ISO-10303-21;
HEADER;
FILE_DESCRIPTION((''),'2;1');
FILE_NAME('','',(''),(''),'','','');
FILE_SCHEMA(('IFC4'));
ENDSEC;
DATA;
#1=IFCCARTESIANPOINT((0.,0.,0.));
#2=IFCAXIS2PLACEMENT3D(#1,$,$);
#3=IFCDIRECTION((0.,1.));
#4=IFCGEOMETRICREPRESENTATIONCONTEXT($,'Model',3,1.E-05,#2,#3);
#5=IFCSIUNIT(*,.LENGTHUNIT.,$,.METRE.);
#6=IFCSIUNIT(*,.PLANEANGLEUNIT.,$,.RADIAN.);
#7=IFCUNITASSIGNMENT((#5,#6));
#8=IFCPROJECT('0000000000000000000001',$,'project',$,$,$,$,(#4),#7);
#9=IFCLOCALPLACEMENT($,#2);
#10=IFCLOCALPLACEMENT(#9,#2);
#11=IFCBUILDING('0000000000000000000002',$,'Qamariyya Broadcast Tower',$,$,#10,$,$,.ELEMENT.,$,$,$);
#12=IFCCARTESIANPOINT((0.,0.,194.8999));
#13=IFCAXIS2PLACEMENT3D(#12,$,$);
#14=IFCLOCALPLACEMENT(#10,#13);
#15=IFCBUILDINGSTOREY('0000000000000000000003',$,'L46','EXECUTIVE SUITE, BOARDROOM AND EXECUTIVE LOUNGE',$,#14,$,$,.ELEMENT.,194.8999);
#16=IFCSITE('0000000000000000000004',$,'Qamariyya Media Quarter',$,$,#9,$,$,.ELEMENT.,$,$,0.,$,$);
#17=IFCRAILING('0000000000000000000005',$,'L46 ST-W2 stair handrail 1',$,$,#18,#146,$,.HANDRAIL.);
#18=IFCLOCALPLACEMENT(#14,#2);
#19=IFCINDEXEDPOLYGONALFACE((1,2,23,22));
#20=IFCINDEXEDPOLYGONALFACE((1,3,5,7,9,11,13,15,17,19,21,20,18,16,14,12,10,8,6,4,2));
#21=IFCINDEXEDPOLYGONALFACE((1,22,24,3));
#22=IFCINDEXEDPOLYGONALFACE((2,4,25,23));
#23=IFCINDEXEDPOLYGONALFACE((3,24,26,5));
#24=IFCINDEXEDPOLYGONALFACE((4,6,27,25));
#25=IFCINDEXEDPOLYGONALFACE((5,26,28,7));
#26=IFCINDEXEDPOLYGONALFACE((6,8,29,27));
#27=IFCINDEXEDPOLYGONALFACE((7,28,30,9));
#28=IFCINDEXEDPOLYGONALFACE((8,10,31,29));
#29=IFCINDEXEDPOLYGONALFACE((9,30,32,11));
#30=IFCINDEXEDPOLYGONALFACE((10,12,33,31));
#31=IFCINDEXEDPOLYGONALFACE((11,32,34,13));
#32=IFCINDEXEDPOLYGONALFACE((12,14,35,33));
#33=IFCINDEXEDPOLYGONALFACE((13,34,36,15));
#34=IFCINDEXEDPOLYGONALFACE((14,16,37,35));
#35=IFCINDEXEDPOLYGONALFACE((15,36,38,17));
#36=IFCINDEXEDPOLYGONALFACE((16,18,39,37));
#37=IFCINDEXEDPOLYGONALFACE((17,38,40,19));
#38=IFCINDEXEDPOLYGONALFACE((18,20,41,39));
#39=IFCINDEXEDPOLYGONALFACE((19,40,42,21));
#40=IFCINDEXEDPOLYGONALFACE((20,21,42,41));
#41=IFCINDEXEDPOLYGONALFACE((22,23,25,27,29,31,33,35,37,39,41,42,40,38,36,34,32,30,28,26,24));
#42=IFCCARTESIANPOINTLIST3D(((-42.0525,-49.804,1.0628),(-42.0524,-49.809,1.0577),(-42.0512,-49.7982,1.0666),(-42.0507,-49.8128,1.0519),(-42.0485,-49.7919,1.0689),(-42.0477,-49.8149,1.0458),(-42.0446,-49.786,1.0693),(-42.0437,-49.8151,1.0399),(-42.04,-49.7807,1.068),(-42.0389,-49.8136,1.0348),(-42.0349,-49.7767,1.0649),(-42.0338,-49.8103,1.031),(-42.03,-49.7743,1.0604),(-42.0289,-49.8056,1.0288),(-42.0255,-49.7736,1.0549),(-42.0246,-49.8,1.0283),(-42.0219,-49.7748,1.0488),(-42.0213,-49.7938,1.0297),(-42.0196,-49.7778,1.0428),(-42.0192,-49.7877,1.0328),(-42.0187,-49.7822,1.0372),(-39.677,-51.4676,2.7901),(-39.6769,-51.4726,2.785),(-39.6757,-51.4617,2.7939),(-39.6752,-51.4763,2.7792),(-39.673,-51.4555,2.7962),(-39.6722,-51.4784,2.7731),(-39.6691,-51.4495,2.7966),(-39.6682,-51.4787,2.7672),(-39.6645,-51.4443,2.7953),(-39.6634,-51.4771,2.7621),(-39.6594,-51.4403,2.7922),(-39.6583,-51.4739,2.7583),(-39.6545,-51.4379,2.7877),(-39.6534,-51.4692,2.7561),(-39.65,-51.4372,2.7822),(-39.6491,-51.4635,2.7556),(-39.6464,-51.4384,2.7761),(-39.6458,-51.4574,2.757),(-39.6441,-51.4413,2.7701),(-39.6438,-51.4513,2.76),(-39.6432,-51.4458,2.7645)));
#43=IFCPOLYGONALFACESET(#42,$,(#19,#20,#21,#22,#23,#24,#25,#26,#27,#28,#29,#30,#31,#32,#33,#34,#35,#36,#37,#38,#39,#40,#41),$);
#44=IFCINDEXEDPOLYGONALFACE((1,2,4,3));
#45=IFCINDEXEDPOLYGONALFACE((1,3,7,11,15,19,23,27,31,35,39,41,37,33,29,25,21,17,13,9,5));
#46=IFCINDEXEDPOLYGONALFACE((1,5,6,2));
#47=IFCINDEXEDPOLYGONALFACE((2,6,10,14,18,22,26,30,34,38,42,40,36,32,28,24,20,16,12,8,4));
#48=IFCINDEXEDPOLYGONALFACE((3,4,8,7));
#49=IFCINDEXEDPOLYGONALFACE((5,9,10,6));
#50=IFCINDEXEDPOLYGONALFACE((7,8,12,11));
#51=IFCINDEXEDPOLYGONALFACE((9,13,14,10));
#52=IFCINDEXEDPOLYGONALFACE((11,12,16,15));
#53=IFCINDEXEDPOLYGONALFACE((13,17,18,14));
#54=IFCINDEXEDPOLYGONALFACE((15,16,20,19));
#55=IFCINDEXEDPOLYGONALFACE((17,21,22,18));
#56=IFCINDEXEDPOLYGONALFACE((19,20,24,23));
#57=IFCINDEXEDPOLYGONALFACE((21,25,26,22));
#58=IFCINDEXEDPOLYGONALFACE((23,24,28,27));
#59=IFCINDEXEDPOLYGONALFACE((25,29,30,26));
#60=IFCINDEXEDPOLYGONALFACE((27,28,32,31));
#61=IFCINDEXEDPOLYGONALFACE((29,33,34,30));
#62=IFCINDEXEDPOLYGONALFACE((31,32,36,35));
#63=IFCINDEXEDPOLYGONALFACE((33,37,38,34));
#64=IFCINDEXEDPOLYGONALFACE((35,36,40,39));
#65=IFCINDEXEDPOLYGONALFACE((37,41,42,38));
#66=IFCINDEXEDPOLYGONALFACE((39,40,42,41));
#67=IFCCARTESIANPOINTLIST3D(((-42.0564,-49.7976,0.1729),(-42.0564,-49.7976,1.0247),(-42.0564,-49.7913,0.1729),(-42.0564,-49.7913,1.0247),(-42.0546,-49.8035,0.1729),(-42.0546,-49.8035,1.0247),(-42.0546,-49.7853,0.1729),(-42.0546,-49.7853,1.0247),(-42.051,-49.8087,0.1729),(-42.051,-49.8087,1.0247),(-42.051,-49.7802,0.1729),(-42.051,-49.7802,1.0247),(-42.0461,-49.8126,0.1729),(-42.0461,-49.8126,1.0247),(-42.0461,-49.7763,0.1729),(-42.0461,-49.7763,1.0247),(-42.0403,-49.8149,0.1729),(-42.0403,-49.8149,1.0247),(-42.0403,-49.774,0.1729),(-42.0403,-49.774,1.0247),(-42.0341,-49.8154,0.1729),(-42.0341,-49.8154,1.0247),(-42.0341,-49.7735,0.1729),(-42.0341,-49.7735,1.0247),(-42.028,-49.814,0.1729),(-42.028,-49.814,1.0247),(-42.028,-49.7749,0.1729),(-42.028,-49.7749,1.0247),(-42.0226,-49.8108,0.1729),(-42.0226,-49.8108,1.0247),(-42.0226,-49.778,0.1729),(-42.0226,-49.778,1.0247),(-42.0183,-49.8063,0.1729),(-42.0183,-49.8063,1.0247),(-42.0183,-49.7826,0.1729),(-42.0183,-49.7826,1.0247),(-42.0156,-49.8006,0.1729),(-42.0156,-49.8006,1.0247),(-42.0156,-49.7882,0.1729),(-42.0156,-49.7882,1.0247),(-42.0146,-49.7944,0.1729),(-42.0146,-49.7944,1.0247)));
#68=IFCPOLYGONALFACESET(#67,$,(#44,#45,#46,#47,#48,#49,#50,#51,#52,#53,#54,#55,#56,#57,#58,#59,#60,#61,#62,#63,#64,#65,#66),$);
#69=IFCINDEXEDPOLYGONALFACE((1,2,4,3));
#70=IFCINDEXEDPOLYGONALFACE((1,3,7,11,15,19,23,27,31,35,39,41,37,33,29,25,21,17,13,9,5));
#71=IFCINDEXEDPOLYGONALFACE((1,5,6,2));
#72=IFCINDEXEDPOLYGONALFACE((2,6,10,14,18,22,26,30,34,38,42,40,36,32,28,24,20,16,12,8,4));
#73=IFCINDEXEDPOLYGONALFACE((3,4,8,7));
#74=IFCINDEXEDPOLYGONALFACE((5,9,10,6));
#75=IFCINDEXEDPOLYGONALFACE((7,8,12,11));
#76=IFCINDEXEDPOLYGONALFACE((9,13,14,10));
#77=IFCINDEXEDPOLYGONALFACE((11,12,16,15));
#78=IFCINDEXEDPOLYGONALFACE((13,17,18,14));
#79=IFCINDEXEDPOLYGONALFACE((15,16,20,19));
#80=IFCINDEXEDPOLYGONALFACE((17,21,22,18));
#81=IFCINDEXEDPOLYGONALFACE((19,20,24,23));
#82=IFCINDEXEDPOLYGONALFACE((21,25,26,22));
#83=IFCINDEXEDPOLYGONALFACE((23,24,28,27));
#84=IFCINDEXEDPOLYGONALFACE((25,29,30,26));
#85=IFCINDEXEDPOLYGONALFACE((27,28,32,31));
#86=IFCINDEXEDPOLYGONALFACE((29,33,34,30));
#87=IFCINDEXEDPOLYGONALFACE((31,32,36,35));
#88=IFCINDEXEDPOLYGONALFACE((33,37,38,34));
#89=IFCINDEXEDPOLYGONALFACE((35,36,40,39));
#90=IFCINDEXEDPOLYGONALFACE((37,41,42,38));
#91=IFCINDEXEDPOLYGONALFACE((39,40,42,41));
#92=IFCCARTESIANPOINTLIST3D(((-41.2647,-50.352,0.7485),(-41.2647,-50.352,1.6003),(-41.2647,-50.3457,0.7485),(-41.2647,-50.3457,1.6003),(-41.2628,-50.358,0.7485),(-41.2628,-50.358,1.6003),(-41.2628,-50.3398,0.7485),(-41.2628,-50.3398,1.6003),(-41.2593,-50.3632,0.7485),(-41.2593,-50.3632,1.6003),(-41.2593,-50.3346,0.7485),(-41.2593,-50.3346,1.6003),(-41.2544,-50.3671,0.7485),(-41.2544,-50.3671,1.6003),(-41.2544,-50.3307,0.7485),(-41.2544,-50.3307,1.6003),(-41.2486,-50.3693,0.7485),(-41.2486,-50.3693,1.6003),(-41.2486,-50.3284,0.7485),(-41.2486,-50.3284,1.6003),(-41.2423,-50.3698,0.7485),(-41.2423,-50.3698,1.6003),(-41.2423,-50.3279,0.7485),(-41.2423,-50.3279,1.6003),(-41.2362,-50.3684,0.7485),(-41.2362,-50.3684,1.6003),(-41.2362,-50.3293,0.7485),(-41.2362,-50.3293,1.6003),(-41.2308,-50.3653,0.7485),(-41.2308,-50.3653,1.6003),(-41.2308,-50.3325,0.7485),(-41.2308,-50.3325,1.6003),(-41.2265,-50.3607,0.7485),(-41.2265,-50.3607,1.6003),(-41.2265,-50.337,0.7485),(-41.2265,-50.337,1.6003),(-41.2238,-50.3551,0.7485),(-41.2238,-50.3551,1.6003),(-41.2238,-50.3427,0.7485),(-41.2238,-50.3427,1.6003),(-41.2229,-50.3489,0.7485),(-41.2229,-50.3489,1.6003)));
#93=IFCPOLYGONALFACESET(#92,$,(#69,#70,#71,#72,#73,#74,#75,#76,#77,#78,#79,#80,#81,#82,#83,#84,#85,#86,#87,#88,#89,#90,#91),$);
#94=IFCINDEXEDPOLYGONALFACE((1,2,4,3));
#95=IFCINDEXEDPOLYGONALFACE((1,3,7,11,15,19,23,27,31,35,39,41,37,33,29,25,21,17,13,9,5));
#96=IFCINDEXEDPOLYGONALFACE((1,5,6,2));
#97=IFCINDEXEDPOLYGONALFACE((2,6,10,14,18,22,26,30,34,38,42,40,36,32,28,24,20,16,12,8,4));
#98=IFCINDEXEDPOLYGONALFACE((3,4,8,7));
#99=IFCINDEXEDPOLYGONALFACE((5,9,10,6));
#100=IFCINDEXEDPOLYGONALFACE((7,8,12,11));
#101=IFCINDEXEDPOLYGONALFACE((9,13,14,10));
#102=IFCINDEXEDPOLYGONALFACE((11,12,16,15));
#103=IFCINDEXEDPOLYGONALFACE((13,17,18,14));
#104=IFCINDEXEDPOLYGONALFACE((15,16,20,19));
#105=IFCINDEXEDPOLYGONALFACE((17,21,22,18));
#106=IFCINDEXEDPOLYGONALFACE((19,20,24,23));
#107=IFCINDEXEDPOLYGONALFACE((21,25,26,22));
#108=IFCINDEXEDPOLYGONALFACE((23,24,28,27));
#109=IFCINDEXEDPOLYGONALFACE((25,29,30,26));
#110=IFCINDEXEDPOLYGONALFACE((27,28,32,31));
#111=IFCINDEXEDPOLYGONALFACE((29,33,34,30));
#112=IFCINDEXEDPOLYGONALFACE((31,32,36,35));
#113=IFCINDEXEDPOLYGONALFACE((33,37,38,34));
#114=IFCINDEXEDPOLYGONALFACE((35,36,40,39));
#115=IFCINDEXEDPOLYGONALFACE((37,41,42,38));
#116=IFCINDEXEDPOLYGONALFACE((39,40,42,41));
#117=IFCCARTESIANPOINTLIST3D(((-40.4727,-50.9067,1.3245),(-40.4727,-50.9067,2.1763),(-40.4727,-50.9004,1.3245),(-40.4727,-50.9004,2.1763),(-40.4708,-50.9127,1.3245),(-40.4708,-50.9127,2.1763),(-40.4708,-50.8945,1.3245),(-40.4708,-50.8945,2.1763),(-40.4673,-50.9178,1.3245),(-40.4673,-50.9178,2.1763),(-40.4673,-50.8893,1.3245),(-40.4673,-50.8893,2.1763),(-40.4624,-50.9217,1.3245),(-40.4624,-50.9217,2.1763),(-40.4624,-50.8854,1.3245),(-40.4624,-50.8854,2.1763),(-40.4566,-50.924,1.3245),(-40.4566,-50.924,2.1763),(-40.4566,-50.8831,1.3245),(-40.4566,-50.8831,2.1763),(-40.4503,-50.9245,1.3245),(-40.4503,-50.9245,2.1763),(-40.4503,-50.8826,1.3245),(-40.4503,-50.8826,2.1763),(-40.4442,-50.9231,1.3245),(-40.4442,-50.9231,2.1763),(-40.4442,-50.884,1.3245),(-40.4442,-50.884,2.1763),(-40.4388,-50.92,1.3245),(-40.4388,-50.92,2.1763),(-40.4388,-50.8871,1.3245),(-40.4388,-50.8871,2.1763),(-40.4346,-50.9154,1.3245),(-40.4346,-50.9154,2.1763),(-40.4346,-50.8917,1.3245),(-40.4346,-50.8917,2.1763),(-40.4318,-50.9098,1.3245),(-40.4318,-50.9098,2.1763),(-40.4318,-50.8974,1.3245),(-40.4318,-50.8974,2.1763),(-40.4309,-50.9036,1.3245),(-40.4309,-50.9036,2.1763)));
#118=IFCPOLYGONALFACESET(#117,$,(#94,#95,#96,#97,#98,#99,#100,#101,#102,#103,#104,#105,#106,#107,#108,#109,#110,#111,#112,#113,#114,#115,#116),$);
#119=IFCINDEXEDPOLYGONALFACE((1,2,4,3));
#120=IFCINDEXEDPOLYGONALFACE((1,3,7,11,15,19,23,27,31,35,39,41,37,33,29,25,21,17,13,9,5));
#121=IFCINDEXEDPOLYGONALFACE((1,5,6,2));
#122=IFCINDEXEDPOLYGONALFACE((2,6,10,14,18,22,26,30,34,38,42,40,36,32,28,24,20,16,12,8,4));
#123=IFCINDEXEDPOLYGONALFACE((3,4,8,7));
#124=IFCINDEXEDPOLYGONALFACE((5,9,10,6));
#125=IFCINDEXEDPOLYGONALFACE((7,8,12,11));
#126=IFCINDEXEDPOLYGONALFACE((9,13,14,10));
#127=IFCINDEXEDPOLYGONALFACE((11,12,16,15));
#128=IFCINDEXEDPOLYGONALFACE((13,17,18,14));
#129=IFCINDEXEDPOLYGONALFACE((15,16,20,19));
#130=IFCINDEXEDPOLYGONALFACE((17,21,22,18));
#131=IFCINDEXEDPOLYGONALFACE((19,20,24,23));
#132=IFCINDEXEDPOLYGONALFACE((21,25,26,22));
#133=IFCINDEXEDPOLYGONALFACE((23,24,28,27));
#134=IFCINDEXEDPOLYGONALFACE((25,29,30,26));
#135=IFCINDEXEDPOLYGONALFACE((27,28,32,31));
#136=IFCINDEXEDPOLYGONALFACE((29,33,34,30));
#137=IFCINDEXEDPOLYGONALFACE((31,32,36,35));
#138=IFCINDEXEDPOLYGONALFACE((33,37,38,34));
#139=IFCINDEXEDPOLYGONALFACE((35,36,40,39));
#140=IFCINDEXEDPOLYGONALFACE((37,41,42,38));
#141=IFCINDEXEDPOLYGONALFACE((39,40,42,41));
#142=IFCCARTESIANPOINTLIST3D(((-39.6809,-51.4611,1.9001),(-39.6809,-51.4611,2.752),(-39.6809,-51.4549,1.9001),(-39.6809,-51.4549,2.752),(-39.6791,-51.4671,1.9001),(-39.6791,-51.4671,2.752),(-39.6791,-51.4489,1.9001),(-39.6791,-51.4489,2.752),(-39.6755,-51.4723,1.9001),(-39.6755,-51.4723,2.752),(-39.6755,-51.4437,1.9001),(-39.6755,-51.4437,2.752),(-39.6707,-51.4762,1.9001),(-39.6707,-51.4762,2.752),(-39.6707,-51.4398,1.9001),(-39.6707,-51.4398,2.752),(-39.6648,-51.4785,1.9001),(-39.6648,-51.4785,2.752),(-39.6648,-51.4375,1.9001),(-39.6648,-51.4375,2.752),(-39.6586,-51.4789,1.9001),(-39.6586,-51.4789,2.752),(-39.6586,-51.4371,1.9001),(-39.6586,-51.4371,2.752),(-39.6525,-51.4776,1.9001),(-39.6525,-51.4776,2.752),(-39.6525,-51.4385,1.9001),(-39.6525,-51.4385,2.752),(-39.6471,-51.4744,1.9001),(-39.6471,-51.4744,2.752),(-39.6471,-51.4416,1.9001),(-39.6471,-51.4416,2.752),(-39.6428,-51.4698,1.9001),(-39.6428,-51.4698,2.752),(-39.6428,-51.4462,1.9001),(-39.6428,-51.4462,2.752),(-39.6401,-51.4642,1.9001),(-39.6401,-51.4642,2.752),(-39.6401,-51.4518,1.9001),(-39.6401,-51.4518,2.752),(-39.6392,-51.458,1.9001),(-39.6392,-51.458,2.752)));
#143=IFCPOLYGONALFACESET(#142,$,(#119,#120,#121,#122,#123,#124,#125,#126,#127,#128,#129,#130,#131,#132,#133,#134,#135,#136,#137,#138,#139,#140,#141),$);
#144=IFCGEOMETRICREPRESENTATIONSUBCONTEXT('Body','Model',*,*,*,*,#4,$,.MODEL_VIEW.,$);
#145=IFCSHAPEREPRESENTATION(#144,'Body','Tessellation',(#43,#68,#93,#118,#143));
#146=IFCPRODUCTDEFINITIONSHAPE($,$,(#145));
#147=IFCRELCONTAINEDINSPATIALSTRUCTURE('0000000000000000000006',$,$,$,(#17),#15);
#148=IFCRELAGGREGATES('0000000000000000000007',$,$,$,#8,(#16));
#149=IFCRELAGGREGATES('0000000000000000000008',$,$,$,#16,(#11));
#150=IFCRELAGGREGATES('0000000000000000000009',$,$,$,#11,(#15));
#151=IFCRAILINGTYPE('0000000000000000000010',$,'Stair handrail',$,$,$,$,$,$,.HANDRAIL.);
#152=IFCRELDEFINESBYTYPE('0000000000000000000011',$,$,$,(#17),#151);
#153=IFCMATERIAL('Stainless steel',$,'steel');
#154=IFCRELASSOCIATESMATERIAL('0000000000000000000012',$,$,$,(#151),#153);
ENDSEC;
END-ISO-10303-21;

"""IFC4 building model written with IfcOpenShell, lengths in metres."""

from ifc_helpers import new_model, si_unit, direction, frame, origin, origin_2d, place, context, subcontext, project, spatial, circle, extrude, material, type_object, element, save


model = new_model("IFC4")

# Units and contexts
model_context = context("Model", 3, precision=1e-05, world=origin(), true_north=direction((0.0, 1.0)))
body_context = subcontext(model_context, "Body", "Model", "MODEL_VIEW")
ifc_project = project(units=[si_unit("LENGTHUNIT", "METRE"), si_unit("PLANEANGLEUNIT", "RADIAN")], contexts=[model_context])

# Site, building, storey
site_placement = place(None, origin())
site = spatial("IfcSite", under=ifc_project, at=site_placement, Name="Qamariyya Media Quarter", CompositionType="ELEMENT", RefElevation=0.0)
building_placement = place(site_placement, origin())
building = spatial("IfcBuilding", under=site, at=building_placement, Name="Qamariyya Broadcast Tower", CompositionType="ELEMENT")
storey_placement = place(building_placement, frame((0.0, 0.0, 194.8999)))
storey = spatial("IfcBuildingStorey", under=building, at=storey_placement, Name="L46", Description="EXECUTIVE SUITE, BOARDROOM AND EXECUTIVE LOUNGE", CompositionType="ELEMENT", Elevation=194.8999)

# Railing
ifc_material_1 = material(Name="Stainless steel", Category="steel")
railing_type_1 = type_object("IfcRailingType", Name="Stair handrail", PredefinedType="HANDRAIL", material=ifc_material_1)
railing_1_placement = place(storey_placement, frame((-42.0356, -49.7944, 0.1729)))
element("IfcRailing", 1, at=railing_1_placement, inside=storey, type_object=railing_type_1, Name="L46 ST-W2 stair handrail 1", PredefinedType="HANDRAIL", context=body_context, shape_type="SweptSolid", body=[
    extrude(circle(Radius=0.0239, at=origin_2d()), frame((0.0, 0.0, 0.876), z_axis=(0.703745, -0.492838, 0.511716), x_axis=(0.573632, 0.819113, 0.0)), (0.0, 0.0, 1.0), 3.3755),
    extrude(circle(Radius=0.021, at=origin_2d()), origin(), (0.0, 0.0, 1.0), 0.8518),
    extrude(circle(Radius=0.021, at=origin_2d()), frame((0.7917, -0.5544, 0.5757)), (0.0, 0.0, 1.0), 0.8518),
    extrude(circle(Radius=0.021, at=origin_2d()), frame((1.5837, -1.1091, 1.1516)), (0.0, 0.0, 1.0), 0.8518),
    extrude(circle(Radius=0.021, at=origin_2d()), frame((2.3755, -1.6636, 1.7273)), (0.0, 0.0, 1.0), 0.8518),
])

save(model, "model.ifc")
